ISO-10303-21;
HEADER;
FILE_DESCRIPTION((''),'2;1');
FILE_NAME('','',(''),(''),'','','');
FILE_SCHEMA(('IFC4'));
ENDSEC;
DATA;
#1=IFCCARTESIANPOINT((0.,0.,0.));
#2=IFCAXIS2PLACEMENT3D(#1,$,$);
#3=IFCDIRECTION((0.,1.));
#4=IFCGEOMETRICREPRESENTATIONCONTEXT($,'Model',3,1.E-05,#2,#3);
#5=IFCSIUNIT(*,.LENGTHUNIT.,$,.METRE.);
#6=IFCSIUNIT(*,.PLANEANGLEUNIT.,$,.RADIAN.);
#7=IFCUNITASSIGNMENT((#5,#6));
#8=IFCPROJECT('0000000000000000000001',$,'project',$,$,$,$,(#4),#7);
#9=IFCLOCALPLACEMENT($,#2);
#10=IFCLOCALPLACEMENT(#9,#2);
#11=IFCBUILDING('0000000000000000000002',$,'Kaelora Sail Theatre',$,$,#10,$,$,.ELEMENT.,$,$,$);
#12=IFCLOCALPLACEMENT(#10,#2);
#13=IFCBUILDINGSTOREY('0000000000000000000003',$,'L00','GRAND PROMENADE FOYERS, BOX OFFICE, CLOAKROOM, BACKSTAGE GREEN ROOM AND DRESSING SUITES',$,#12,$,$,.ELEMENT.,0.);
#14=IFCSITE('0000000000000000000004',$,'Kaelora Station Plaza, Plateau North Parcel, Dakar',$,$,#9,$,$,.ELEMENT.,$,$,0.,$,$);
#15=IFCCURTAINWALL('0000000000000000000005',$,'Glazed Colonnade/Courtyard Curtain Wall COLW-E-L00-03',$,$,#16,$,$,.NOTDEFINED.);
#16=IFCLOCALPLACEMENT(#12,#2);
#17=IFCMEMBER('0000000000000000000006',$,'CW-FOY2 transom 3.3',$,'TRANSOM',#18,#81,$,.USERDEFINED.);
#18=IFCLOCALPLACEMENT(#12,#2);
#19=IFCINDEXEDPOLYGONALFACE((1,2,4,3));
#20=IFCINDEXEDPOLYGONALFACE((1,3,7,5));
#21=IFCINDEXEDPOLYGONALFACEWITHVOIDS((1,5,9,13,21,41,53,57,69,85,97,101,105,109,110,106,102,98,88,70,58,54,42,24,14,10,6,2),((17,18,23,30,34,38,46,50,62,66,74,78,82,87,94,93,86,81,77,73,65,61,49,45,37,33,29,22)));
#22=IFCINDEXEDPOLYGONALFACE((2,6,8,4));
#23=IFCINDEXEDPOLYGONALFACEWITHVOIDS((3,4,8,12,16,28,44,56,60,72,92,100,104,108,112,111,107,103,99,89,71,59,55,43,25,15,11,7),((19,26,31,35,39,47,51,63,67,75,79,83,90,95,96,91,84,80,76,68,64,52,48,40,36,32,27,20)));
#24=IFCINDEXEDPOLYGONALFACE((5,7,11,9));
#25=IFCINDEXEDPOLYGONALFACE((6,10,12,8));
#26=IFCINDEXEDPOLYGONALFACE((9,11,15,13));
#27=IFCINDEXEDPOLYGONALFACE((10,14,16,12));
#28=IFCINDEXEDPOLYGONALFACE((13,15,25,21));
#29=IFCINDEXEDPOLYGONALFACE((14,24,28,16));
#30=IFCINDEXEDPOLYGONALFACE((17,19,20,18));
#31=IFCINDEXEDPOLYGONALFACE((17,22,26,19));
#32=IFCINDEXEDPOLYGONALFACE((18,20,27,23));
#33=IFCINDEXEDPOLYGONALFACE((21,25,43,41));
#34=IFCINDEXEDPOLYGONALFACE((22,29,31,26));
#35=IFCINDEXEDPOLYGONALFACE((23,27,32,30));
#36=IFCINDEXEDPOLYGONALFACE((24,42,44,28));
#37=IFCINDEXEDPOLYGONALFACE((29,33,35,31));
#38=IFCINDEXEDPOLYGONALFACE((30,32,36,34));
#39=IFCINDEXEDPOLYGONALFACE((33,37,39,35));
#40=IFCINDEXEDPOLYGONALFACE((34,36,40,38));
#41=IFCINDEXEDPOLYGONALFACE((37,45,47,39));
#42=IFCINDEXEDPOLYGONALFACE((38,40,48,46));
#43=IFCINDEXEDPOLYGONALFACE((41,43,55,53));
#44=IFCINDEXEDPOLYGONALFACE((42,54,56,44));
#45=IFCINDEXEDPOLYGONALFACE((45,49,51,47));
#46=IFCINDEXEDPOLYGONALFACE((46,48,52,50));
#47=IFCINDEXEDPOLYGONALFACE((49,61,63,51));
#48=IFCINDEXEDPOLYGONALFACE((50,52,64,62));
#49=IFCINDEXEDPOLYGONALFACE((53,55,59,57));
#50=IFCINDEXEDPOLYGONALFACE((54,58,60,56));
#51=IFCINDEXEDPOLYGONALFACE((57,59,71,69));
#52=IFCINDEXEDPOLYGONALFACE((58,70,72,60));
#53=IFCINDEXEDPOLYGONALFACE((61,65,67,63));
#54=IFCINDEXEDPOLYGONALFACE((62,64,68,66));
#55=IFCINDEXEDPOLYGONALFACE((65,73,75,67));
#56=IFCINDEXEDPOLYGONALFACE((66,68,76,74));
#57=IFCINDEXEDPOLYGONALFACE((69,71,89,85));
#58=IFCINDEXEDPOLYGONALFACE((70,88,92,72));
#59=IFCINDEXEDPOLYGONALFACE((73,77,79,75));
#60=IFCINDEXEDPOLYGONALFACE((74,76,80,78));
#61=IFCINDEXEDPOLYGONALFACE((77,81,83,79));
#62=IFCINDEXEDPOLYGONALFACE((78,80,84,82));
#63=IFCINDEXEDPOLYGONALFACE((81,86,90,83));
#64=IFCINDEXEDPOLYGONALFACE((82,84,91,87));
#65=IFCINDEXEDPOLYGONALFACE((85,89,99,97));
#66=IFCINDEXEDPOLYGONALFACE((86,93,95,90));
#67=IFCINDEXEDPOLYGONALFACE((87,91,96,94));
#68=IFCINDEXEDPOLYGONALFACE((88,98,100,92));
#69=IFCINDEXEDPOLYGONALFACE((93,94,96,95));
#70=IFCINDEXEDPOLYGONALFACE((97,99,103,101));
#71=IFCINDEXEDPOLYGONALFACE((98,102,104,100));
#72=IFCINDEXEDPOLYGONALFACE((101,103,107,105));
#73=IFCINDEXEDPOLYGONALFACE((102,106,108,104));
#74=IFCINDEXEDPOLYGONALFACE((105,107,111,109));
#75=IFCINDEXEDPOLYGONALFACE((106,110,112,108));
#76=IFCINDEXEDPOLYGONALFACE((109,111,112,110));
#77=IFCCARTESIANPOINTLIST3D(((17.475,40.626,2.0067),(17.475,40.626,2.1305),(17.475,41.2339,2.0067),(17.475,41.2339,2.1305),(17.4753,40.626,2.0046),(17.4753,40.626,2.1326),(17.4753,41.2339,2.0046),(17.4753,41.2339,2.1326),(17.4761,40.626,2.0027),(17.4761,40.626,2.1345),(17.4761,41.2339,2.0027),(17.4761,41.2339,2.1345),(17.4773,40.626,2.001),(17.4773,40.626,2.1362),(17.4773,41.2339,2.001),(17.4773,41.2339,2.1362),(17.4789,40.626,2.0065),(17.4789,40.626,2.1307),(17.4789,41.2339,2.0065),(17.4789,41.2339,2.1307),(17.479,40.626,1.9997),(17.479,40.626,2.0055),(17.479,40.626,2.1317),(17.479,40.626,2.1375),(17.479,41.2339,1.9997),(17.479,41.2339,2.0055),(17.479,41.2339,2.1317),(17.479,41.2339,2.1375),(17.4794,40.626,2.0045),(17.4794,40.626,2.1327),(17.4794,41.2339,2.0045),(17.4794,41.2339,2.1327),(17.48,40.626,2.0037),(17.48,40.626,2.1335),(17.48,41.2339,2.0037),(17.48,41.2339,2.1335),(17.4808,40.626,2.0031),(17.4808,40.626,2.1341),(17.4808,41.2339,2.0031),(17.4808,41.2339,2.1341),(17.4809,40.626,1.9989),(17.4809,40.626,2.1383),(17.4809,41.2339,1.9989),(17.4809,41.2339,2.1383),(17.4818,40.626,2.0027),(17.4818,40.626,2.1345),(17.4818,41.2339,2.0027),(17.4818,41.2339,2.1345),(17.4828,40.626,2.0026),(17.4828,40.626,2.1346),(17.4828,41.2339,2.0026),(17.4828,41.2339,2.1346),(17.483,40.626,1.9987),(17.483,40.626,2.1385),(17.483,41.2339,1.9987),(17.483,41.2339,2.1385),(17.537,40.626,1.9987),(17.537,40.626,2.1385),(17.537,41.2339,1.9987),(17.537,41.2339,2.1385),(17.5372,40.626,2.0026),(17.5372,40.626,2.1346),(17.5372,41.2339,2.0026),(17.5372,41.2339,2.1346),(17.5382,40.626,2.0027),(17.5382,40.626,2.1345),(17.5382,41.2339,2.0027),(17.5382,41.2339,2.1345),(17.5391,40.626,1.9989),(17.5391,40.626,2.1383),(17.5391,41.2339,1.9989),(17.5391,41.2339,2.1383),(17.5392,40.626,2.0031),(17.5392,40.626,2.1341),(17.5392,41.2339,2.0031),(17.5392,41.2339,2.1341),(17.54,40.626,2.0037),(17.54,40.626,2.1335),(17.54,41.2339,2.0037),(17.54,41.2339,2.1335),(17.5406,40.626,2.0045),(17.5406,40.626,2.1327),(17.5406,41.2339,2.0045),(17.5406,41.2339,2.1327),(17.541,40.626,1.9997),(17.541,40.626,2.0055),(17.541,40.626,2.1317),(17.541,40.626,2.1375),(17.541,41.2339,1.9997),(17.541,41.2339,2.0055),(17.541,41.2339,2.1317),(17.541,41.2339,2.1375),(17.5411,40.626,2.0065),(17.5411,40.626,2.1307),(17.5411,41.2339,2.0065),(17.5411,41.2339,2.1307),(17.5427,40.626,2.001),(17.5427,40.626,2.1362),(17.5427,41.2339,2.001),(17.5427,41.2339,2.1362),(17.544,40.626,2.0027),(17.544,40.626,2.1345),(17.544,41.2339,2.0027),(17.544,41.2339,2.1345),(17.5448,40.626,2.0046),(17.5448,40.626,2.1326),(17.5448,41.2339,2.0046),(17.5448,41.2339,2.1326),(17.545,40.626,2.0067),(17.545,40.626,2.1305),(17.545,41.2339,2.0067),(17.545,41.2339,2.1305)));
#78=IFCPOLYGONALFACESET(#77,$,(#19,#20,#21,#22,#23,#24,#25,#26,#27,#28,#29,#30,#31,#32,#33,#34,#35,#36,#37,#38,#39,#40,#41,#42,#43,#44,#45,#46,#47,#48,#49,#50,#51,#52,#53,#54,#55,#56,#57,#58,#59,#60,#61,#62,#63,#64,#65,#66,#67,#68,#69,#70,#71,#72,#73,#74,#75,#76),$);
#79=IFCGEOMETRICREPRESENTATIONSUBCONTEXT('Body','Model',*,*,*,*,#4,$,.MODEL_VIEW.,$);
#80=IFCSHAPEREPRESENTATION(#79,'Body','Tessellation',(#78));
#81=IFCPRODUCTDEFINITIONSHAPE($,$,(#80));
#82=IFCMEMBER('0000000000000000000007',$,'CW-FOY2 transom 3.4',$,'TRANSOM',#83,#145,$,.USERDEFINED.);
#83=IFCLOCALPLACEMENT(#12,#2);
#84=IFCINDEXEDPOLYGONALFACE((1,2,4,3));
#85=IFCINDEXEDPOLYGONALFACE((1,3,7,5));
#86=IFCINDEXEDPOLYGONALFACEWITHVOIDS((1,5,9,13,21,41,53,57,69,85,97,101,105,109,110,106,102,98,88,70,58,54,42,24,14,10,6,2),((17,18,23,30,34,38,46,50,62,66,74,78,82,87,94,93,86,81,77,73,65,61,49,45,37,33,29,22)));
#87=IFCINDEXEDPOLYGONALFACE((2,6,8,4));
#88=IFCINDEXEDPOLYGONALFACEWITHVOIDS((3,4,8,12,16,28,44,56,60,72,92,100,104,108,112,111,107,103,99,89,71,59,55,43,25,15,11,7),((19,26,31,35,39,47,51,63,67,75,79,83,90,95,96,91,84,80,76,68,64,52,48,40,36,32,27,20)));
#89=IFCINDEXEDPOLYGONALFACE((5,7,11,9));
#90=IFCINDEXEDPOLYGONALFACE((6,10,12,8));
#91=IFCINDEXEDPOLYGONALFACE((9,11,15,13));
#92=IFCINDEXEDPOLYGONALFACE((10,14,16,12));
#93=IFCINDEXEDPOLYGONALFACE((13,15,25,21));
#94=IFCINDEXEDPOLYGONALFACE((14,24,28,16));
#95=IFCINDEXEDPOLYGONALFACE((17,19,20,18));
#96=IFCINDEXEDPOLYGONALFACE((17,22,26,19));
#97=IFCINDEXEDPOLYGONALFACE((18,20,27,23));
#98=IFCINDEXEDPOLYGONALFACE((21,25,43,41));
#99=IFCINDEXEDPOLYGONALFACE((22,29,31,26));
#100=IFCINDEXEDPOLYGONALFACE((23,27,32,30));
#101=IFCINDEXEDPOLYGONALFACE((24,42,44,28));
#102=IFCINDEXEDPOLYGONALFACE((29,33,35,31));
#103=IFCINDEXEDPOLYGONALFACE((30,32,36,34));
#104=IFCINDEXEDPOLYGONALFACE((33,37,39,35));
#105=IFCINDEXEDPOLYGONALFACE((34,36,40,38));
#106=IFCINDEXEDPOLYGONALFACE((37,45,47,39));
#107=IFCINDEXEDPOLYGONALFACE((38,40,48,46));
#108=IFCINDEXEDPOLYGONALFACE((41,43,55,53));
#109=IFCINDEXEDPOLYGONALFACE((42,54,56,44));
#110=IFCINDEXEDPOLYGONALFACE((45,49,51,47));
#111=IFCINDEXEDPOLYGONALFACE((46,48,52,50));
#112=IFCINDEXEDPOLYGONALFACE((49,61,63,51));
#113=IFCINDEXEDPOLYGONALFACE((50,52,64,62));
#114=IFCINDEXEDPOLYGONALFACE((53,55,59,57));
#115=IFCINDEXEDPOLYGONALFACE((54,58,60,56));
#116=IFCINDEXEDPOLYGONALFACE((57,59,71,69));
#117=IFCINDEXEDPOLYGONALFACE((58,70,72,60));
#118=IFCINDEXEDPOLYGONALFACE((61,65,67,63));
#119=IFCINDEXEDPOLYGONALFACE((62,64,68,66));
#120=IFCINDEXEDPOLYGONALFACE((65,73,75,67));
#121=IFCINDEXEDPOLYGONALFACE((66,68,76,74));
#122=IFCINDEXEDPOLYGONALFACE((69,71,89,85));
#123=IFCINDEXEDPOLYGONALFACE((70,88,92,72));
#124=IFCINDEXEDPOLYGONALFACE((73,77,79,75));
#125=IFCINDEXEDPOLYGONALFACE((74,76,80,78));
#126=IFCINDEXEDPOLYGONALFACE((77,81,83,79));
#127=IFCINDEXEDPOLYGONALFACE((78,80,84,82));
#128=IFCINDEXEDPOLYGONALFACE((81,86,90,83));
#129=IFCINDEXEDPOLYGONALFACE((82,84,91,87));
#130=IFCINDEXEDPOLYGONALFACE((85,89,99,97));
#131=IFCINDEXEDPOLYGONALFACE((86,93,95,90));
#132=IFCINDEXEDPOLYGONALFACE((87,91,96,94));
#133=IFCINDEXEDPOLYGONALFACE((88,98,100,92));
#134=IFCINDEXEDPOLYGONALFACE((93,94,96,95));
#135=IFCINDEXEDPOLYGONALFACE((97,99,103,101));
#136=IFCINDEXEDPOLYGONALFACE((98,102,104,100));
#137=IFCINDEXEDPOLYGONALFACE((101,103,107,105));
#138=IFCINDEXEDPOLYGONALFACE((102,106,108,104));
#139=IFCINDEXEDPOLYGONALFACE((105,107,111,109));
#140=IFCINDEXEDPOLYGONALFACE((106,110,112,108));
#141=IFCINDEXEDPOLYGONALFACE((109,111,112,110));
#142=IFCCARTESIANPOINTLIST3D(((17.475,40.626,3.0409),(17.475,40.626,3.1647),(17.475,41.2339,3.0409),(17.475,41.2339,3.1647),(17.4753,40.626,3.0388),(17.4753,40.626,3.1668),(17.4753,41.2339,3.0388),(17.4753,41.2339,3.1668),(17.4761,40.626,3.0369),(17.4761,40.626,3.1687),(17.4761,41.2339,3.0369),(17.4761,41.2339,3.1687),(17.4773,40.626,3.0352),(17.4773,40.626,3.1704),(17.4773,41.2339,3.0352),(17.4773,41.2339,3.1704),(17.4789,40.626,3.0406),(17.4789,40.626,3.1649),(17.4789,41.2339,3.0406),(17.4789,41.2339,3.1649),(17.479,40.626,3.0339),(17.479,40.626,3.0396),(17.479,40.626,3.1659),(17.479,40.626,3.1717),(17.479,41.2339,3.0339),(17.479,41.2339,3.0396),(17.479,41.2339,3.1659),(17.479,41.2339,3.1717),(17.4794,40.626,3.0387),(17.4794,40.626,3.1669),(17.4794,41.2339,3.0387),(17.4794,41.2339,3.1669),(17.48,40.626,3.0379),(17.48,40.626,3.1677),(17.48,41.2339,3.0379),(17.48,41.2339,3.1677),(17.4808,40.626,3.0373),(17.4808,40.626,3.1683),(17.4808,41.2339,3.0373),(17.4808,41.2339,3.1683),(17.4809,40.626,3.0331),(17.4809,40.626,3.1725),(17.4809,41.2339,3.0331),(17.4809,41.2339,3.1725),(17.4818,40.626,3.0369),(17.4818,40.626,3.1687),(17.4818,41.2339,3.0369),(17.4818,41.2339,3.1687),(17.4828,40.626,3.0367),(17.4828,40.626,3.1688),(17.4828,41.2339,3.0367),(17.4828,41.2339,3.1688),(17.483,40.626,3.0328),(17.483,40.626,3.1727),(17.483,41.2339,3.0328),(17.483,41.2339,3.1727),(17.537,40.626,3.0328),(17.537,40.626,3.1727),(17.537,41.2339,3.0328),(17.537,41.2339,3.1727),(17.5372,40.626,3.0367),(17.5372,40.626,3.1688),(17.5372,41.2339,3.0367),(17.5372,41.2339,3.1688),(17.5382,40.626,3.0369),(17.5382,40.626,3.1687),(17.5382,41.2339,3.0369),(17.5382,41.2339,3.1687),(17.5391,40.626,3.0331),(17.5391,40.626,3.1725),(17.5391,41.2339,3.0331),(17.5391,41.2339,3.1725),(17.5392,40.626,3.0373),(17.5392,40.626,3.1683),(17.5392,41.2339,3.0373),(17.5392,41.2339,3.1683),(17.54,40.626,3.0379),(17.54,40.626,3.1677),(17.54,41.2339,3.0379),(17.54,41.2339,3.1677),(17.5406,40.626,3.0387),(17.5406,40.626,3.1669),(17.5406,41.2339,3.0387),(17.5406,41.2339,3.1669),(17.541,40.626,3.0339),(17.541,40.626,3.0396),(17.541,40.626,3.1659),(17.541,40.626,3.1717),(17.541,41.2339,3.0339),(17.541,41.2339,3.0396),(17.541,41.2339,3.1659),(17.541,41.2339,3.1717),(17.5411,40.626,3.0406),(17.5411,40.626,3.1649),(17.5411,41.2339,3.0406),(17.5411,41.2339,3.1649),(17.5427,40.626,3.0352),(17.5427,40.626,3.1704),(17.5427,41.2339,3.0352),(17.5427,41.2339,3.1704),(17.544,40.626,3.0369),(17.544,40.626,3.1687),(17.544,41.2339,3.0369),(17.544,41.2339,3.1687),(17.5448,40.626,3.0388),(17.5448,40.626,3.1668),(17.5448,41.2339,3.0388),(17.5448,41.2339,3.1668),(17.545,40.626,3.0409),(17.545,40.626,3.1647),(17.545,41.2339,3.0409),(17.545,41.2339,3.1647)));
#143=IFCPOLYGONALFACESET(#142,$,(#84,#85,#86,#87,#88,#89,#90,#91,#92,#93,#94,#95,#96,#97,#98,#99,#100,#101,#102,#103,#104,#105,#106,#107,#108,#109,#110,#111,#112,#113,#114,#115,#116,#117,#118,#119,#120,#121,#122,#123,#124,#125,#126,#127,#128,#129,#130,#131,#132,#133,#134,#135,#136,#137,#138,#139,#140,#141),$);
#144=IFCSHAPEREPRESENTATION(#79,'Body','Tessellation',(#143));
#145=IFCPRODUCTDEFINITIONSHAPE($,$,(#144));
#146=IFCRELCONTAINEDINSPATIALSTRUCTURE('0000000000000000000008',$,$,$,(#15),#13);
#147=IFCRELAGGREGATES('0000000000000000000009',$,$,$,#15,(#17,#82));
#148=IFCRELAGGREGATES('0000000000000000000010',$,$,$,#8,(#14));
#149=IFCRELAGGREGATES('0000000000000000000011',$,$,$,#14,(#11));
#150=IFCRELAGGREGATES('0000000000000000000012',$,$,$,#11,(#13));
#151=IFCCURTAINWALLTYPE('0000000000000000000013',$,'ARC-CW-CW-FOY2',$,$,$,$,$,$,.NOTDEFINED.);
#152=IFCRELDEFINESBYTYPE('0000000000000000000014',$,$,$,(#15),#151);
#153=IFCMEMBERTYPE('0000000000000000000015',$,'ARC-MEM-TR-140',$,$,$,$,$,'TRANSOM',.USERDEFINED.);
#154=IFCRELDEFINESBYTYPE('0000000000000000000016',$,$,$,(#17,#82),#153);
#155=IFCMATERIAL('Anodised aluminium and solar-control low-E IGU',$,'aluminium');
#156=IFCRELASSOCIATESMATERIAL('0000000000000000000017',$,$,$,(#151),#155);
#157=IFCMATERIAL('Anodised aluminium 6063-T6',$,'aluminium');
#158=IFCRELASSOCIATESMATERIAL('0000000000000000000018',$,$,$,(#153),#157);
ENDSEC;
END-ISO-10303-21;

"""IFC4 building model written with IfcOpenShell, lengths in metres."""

from ifc_helpers import new_model, si_unit, direction, frame, origin, origin_2d, place, context, subcontext, project, spatial, hollow_rectangle, extrude, material, material_profile, profile_set, type_object, element, aggregate, save


model = new_model("IFC4")

# Units and contexts
model_context = context("Model", 3, precision=1e-05, world=origin(), true_north=direction((0.0, 1.0)))
body_context = subcontext(model_context, "Body", "Model", "MODEL_VIEW")
ifc_project = project(units=[si_unit("LENGTHUNIT", "METRE"), si_unit("PLANEANGLEUNIT", "RADIAN")], contexts=[model_context])

# Site, building, storey
site_placement = place(None, origin())
site = spatial("IfcSite", under=ifc_project, at=site_placement, Name="Kaelora Station Plaza, Plateau North Parcel, Dakar", CompositionType="ELEMENT", RefElevation=0.0)
building_placement = place(site_placement, origin())
building = spatial("IfcBuilding", under=site, at=building_placement, Name="Kaelora Sail Theatre", CompositionType="ELEMENT")
storey_placement = place(building_placement, origin())
storey = spatial("IfcBuildingStorey", under=building, at=storey_placement, Name="L00", Description="GRAND PROMENADE FOYERS, BOX OFFICE, CLOAKROOM, BACKSTAGE GREEN ROOM AND DRESSING SUITES", CompositionType="ELEMENT", Elevation=0.0)

# Curtain wall, members
ifc_material_1 = material(Name="Anodised aluminium and solar-control low-E IGU", Category="aluminium")
curtain_wall_type = type_object("IfcCurtainWallType", Name="ARC-CW-CW-FOY2", PredefinedType="NOTDEFINED", material=ifc_material_1)
curtain_wall_1_placement = place(storey_placement, origin())
curtain_wall_1 = element("IfcCurtainWall", 1, at=curtain_wall_1_placement, inside=storey, type_object=curtain_wall_type, Name="Glazed Colonnade/Courtyard Curtain Wall COLW-E-L00-03", PredefinedType="NOTDEFINED")
ifc_material_2 = material(Name="Anodised aluminium 6063-T6", Category="aluminium")
ifc_material_profile = material_profile(ifc_material_2, hollow_rectangle(XDim=0.0701, YDim=0.1399, WallThickness=0.0039, InnerFilletRadius=0.0039, OuterFilletRadius=0.0081, at=origin_2d()), Name="ALU-TRAN 70x140x4")
ifc_profile_set = profile_set([ifc_material_profile], Name="Anodised aluminium 6063-T6")
member_type = type_object("IfcMemberType", Name="ARC-MEM-TR-140", ElementType="TRANSOM", PredefinedType="USERDEFINED", material=ifc_profile_set)
member_1_placement = place(storey_placement, frame((17.51, 40.626, 2.0686), z_axis=(0.0, 1.0, 0.0), x_axis=(-1.0, 0.0, 0.0)))
member_1 = element("IfcMember", 2, at=member_1_placement, type_object=member_type, Name="CW-FOY2 transom 3.3", ObjectType="TRANSOM", PredefinedType="USERDEFINED", context=body_context, shape_type="SweptSolid", body=[
    extrude(hollow_rectangle(XDim=0.0701, YDim=0.1399, WallThickness=0.0039, InnerFilletRadius=0.0039, OuterFilletRadius=0.0081, at=origin_2d()), origin(), (0.0, 0.0, 1.0), 0.6079),
])
member_2_placement = place(storey_placement, frame((17.51, 40.626, 3.1028), z_axis=(0.0, 1.0, 0.0), x_axis=(-1.0, 0.0, 0.0)))
member_2 = element("IfcMember", 3, at=member_2_placement, type_object=member_type, Name="CW-FOY2 transom 3.4", ObjectType="TRANSOM", PredefinedType="USERDEFINED", context=body_context, shape_type="SweptSolid", body=[
    extrude(hollow_rectangle(XDim=0.0701, YDim=0.1399, WallThickness=0.0039, InnerFilletRadius=0.0039, OuterFilletRadius=0.0081, at=origin_2d()), origin(), (0.0, 0.0, 1.0), 0.6079),
])

aggregate(curtain_wall_1, [member_1, member_2])

save(model, "model.ifc")
